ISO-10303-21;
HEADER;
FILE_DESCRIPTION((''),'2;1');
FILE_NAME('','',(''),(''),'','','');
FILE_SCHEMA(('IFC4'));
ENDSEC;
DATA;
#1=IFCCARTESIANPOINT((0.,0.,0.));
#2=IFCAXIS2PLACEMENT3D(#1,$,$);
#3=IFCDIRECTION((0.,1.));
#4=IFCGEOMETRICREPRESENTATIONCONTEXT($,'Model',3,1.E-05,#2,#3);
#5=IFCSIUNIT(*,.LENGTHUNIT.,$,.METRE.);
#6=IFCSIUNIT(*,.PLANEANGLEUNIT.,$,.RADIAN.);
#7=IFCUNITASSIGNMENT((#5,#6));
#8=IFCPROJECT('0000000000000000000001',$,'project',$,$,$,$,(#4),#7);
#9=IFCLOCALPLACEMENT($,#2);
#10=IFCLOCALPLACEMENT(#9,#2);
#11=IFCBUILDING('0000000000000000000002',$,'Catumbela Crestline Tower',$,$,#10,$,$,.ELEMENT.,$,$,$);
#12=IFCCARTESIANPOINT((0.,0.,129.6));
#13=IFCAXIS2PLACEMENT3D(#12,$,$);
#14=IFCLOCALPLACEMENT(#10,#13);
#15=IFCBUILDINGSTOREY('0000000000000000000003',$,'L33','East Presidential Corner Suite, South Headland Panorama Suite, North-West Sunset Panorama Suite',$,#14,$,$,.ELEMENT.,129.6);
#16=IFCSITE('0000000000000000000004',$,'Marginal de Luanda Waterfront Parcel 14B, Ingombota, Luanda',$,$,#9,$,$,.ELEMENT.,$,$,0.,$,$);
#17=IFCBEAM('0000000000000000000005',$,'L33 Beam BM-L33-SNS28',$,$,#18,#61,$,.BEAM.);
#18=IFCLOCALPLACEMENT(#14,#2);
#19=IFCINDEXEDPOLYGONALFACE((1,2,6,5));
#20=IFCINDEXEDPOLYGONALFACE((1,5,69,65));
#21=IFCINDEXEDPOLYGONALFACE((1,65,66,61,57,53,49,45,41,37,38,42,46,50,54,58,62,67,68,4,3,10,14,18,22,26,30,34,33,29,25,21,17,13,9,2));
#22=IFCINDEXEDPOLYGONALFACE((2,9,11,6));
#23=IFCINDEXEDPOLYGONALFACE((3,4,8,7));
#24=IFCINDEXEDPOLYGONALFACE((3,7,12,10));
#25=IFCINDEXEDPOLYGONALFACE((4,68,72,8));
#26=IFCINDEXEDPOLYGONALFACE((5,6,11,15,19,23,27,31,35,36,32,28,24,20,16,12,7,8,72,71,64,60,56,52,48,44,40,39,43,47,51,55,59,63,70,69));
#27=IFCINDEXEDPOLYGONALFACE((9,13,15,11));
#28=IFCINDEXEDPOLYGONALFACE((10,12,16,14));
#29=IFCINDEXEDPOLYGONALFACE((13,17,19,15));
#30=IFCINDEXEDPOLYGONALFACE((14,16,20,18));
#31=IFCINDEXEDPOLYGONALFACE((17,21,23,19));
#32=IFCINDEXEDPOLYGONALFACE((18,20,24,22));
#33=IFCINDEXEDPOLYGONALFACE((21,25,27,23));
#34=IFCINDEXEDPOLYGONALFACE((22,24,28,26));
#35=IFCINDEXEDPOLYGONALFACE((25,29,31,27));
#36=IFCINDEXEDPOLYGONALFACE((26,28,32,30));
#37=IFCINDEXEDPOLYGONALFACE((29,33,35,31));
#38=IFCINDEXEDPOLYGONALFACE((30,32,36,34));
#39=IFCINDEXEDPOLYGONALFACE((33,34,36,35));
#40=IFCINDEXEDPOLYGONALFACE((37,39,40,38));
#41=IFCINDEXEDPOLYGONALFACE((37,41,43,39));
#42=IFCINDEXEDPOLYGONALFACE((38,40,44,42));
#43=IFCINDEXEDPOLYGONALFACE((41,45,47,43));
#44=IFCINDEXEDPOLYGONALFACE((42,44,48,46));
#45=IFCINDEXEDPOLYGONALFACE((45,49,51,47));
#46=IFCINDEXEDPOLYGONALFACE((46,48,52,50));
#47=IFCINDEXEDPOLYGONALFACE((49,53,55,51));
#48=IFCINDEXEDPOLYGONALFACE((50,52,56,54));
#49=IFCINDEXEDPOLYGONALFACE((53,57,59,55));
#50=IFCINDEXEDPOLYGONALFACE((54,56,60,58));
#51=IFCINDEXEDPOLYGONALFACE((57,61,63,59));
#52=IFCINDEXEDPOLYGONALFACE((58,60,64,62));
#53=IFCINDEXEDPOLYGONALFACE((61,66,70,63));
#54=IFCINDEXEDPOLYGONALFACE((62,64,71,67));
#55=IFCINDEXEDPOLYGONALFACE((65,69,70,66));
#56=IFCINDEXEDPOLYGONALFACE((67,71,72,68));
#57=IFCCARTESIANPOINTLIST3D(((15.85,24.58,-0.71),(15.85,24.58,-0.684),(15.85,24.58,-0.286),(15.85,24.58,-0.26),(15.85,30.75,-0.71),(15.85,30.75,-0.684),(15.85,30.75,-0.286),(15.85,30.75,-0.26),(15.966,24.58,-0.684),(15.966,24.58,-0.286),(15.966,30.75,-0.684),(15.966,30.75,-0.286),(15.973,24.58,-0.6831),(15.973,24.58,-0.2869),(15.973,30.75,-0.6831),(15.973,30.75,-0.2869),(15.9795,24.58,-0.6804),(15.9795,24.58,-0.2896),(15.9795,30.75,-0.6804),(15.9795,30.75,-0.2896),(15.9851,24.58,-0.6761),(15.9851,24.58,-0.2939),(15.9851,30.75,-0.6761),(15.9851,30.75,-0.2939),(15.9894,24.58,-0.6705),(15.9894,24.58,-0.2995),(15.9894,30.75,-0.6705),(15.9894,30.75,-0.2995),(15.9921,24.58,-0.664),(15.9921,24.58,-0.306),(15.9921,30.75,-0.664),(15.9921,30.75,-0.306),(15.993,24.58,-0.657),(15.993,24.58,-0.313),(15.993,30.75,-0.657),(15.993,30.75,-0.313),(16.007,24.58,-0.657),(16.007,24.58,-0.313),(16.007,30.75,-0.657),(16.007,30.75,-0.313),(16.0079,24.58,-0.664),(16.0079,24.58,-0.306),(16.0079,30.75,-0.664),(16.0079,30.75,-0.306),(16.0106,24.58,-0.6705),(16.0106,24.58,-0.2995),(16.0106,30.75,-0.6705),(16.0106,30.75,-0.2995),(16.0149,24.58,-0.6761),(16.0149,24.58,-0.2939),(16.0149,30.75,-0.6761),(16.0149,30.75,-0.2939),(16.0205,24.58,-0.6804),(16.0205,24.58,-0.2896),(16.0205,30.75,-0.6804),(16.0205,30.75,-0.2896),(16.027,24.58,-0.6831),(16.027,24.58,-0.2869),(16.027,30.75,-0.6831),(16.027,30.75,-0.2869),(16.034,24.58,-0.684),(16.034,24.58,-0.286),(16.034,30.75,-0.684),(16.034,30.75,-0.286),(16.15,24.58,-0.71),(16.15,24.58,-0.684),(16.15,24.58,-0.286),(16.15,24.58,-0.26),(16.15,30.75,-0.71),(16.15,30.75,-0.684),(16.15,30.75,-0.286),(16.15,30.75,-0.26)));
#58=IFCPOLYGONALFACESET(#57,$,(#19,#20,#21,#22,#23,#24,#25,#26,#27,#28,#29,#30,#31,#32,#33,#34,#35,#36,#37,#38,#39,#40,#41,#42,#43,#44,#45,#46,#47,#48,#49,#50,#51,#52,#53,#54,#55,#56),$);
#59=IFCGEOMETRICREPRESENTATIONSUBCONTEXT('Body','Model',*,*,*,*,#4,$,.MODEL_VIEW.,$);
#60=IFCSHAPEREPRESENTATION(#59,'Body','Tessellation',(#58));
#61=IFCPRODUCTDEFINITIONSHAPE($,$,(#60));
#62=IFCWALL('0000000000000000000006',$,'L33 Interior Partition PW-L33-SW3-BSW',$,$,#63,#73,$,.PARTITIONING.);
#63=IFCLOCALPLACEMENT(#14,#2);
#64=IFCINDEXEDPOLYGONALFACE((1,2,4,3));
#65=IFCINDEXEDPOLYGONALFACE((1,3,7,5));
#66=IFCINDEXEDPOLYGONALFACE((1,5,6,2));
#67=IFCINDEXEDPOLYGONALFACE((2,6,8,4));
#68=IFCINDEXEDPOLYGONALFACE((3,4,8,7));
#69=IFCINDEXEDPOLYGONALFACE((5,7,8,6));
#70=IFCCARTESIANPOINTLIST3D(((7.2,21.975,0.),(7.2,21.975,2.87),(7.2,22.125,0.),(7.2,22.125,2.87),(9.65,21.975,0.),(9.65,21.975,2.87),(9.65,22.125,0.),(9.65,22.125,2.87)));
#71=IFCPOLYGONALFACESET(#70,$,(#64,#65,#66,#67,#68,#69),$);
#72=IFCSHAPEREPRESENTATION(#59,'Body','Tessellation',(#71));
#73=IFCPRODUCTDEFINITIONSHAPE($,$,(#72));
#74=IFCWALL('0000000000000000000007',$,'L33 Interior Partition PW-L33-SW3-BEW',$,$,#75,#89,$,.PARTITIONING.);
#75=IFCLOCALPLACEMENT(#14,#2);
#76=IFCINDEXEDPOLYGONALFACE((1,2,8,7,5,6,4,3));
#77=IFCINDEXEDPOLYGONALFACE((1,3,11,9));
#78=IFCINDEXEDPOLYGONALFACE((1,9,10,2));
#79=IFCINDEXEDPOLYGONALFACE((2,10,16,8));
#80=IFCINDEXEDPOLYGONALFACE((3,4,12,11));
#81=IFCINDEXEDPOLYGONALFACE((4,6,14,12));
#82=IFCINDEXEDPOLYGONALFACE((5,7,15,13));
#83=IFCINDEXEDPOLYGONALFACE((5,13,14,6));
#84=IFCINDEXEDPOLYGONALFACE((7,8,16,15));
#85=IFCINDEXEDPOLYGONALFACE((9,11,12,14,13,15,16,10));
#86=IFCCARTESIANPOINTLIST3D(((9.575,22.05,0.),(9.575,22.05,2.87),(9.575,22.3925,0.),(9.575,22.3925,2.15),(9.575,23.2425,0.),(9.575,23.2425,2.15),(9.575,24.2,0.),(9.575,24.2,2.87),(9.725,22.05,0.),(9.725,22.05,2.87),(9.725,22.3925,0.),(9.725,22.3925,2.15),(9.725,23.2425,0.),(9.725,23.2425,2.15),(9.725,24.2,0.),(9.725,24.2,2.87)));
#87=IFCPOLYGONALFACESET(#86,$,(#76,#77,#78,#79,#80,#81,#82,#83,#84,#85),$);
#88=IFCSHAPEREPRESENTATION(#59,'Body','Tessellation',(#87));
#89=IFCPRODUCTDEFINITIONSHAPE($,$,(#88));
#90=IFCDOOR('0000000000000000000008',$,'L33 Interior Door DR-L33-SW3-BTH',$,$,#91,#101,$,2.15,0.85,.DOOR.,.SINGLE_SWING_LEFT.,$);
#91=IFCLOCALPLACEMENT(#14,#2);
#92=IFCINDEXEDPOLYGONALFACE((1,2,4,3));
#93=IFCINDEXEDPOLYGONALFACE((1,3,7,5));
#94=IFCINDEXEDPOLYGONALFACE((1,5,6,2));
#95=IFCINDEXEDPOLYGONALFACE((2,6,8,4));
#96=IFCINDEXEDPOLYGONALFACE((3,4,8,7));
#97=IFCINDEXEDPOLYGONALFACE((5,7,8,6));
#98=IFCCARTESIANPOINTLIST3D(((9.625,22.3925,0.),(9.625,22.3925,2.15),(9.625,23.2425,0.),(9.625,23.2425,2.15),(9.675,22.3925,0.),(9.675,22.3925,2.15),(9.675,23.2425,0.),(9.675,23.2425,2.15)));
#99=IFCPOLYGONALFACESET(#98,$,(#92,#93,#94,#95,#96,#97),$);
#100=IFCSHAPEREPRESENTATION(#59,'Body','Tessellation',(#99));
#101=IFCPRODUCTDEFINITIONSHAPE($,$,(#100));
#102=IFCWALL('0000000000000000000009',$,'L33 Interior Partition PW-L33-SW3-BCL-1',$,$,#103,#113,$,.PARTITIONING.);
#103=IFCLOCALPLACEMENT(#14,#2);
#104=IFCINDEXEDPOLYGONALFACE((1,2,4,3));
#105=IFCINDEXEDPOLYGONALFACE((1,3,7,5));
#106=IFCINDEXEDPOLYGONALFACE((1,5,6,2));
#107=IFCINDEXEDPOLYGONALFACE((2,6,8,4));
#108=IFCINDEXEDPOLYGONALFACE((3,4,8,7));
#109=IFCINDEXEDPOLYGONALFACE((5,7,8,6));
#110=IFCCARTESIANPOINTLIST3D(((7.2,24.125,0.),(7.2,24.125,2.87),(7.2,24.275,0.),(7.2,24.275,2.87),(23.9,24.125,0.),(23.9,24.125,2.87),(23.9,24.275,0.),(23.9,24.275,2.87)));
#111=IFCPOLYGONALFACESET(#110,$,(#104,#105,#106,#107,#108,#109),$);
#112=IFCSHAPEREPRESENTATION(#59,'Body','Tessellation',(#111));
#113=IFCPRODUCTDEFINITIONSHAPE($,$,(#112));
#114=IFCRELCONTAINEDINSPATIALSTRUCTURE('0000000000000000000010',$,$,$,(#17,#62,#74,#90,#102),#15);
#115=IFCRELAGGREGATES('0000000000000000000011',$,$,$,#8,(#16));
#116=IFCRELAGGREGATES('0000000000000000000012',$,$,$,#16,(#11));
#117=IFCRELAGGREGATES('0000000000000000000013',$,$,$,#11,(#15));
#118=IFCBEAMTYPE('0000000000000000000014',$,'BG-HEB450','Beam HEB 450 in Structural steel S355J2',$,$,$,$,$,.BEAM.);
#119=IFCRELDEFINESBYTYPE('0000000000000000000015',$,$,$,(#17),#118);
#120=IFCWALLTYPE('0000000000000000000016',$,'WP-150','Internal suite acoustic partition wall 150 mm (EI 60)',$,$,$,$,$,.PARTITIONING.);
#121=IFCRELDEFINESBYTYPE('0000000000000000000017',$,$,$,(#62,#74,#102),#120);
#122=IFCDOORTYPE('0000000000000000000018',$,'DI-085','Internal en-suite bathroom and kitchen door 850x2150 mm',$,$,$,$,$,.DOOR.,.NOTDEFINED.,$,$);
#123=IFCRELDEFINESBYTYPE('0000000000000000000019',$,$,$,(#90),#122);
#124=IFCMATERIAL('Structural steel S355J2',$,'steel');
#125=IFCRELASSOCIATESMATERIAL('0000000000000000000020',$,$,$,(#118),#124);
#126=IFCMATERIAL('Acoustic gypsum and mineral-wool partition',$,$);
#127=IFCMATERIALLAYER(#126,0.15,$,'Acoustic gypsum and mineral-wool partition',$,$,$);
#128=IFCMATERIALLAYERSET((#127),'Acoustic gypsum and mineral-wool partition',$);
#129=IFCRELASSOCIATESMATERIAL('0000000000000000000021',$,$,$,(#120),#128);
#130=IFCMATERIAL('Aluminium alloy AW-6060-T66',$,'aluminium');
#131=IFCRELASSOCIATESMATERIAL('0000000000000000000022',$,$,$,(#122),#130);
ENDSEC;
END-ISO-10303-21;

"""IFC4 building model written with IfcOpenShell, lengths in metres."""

from ifc_helpers import new_model, si_unit, direction, frame, frame_2d, origin, origin_2d, place, context, subcontext, project, spatial, rectangle, i_section, extrude, material, layer, layer_set, material_profile, profile_set, type_object, element, fill, save


model = new_model("IFC4")

# Units and contexts
model_context = context("Model", 3, precision=1e-05, world=origin(), true_north=direction((0.0, 1.0)))
body_context = subcontext(model_context, "Body", "Model", "MODEL_VIEW")
ifc_project = project(units=[si_unit("LENGTHUNIT", "METRE"), si_unit("PLANEANGLEUNIT", "RADIAN")], contexts=[model_context])

# Site, building, storey
site_placement = place(None, origin())
site = spatial("IfcSite", under=ifc_project, at=site_placement, Name="Marginal de Luanda Waterfront Parcel 14B, Ingombota, Luanda", CompositionType="ELEMENT", RefElevation=0.0)
building_placement = place(site_placement, origin())
building = spatial("IfcBuilding", under=site, at=building_placement, Name="Catumbela Crestline Tower", CompositionType="ELEMENT")
storey_placement = place(building_placement, frame((0.0, 0.0, 129.6)))
storey = spatial("IfcBuildingStorey", under=building, at=storey_placement, Name="L33", Description="East Presidential Corner Suite, South Headland Panorama Suite, North-West Sunset Panorama Suite", CompositionType="ELEMENT", Elevation=129.6)

# Beam
ifc_material_1 = material(Name="Structural steel S355J2", Category="steel")
ifc_material_profile_1 = material_profile(ifc_material_1, i_section(OverallWidth=0.3, OverallDepth=0.45, WebThickness=0.014, FlangeThickness=0.026, FilletRadius=0.027, at=origin_2d()), Name="HEB 450")
ifc_profile_set_1 = profile_set([ifc_material_profile_1], Name="Structural steel S355J2")
beam_type = type_object("IfcBeamType", Name="BG-HEB450", Description="Beam HEB 450 in Structural steel S355J2", PredefinedType="BEAM", material=ifc_profile_set_1)
beam_1_placement = place(storey_placement, frame((16.0, 24.58, -0.485), z_axis=(0.0, 1.0, 0.0), x_axis=(-1.0, 0.0, 0.0)))
element("IfcBeam", 1, at=beam_1_placement, inside=storey, type_object=beam_type, Name="L33 Beam BM-L33-SNS28", PredefinedType="BEAM", context=body_context, shape_type="SweptSolid", body=[
    extrude(i_section(OverallWidth=0.3, OverallDepth=0.45, WebThickness=0.014, FlangeThickness=0.026, FilletRadius=0.027, at=origin_2d()), origin(), (0.0, 0.0, 1.0), 6.17),
])

# Wall
ifc_material_2 = material(Name="Acoustic gypsum and mineral-wool partition")
ifc_layer = layer(ifc_material_2, 0.15, Name="Acoustic gypsum and mineral-wool partition")
ifc_layer_set = layer_set([ifc_layer], Name="Acoustic gypsum and mineral-wool partition")
wall_type = type_object("IfcWallType", Name="WP-150", Description="Internal suite acoustic partition wall 150 mm (EI 60)", PredefinedType="PARTITIONING", material=ifc_layer_set)
wall_1_placement = place(storey_placement, frame((7.2, 22.05, 0.0), z_axis=(0.0, 0.0, 1.0), x_axis=(1.0, 0.0, 0.0)))
element("IfcWall", 2, at=wall_1_placement, inside=storey, type_object=wall_type, Name="L33 Interior Partition PW-L33-SW3-BSW", PredefinedType="PARTITIONING", context=body_context, shape_type="SweptSolid", body=[
    extrude(rectangle(XDim=2.45, YDim=0.15, at=frame_2d((1.225, 0.0))), origin(), (0.0, 0.0, 1.0), 2.87),
])

# Wall, opening, door
wall_2_placement = place(storey_placement, frame((9.65, 22.05, 0.0), z_axis=(0.0, 0.0, 1.0), x_axis=(0.0, 1.0, 0.0)))
wall_2 = element("IfcWall", 3, at=wall_2_placement, inside=storey, type_object=wall_type, Name="L33 Interior Partition PW-L33-SW3-BEW", PredefinedType="PARTITIONING", context=body_context, shape_type="SweptSolid", body=[
    extrude(rectangle(XDim=2.15, YDim=0.15, at=frame_2d((1.075, 0.0))), origin(), (0.0, 0.0, 1.0), 2.87),
])
opening_placement = place(wall_2_placement, frame((0.3425, 0.0, 0.0)))
opening = element("IfcOpeningElement", 4, at=opening_placement, cuts=wall_2, PredefinedType="OPENING", context=body_context, shape_type="SweptSolid", body=[
    extrude(rectangle(XDim=0.85, YDim=2.15, at=frame_2d((0.425, 1.075))), frame((0.0, 0.085, 0.0), z_axis=(0.0, -1.0, 0.0), x_axis=(1.0, 0.0, 0.0)), (0.0, 0.0, 1.0), 0.17),
])
ifc_material_3 = material(Name="Aluminium alloy AW-6060-T66", Category="aluminium")
door_type = type_object("IfcDoorType", Name="DI-085", Description="Internal en-suite bathroom and kitchen door 850x2150 mm", OperationType="NOTDEFINED", PredefinedType="DOOR", material=ifc_material_3)
door_placement = place(opening_placement, origin())
door = element("IfcDoor", 5, at=door_placement, inside=storey, type_object=door_type, Name="L33 Interior Door DR-L33-SW3-BTH", OperationType="SINGLE_SWING_LEFT", OverallHeight=2.15, OverallWidth=0.85, PredefinedType="DOOR", context=body_context, shape_type="SweptSolid", body=[
    extrude(rectangle(XDim=0.85, YDim=2.15, at=frame_2d((0.425, 1.075))), frame((0.0, 0.025, 0.0), z_axis=(0.0, -1.0, 0.0), x_axis=(1.0, 0.0, 0.0)), (0.0, 0.0, 1.0), 0.05),
])
fill(opening, door)

# Wall
wall_3_placement = place(storey_placement, frame((7.2, 24.2, 0.0), z_axis=(0.0, 0.0, 1.0), x_axis=(1.0, 0.0, 0.0)))
element("IfcWall", 6, at=wall_3_placement, inside=storey, type_object=wall_type, Name="L33 Interior Partition PW-L33-SW3-BCL-1", PredefinedType="PARTITIONING", context=body_context, shape_type="SweptSolid", body=[
    extrude(rectangle(XDim=16.7, YDim=0.15, at=frame_2d((8.35, 0.0))), origin(), (0.0, 0.0, 1.0), 2.87),
])

save(model, "model.ifc")
